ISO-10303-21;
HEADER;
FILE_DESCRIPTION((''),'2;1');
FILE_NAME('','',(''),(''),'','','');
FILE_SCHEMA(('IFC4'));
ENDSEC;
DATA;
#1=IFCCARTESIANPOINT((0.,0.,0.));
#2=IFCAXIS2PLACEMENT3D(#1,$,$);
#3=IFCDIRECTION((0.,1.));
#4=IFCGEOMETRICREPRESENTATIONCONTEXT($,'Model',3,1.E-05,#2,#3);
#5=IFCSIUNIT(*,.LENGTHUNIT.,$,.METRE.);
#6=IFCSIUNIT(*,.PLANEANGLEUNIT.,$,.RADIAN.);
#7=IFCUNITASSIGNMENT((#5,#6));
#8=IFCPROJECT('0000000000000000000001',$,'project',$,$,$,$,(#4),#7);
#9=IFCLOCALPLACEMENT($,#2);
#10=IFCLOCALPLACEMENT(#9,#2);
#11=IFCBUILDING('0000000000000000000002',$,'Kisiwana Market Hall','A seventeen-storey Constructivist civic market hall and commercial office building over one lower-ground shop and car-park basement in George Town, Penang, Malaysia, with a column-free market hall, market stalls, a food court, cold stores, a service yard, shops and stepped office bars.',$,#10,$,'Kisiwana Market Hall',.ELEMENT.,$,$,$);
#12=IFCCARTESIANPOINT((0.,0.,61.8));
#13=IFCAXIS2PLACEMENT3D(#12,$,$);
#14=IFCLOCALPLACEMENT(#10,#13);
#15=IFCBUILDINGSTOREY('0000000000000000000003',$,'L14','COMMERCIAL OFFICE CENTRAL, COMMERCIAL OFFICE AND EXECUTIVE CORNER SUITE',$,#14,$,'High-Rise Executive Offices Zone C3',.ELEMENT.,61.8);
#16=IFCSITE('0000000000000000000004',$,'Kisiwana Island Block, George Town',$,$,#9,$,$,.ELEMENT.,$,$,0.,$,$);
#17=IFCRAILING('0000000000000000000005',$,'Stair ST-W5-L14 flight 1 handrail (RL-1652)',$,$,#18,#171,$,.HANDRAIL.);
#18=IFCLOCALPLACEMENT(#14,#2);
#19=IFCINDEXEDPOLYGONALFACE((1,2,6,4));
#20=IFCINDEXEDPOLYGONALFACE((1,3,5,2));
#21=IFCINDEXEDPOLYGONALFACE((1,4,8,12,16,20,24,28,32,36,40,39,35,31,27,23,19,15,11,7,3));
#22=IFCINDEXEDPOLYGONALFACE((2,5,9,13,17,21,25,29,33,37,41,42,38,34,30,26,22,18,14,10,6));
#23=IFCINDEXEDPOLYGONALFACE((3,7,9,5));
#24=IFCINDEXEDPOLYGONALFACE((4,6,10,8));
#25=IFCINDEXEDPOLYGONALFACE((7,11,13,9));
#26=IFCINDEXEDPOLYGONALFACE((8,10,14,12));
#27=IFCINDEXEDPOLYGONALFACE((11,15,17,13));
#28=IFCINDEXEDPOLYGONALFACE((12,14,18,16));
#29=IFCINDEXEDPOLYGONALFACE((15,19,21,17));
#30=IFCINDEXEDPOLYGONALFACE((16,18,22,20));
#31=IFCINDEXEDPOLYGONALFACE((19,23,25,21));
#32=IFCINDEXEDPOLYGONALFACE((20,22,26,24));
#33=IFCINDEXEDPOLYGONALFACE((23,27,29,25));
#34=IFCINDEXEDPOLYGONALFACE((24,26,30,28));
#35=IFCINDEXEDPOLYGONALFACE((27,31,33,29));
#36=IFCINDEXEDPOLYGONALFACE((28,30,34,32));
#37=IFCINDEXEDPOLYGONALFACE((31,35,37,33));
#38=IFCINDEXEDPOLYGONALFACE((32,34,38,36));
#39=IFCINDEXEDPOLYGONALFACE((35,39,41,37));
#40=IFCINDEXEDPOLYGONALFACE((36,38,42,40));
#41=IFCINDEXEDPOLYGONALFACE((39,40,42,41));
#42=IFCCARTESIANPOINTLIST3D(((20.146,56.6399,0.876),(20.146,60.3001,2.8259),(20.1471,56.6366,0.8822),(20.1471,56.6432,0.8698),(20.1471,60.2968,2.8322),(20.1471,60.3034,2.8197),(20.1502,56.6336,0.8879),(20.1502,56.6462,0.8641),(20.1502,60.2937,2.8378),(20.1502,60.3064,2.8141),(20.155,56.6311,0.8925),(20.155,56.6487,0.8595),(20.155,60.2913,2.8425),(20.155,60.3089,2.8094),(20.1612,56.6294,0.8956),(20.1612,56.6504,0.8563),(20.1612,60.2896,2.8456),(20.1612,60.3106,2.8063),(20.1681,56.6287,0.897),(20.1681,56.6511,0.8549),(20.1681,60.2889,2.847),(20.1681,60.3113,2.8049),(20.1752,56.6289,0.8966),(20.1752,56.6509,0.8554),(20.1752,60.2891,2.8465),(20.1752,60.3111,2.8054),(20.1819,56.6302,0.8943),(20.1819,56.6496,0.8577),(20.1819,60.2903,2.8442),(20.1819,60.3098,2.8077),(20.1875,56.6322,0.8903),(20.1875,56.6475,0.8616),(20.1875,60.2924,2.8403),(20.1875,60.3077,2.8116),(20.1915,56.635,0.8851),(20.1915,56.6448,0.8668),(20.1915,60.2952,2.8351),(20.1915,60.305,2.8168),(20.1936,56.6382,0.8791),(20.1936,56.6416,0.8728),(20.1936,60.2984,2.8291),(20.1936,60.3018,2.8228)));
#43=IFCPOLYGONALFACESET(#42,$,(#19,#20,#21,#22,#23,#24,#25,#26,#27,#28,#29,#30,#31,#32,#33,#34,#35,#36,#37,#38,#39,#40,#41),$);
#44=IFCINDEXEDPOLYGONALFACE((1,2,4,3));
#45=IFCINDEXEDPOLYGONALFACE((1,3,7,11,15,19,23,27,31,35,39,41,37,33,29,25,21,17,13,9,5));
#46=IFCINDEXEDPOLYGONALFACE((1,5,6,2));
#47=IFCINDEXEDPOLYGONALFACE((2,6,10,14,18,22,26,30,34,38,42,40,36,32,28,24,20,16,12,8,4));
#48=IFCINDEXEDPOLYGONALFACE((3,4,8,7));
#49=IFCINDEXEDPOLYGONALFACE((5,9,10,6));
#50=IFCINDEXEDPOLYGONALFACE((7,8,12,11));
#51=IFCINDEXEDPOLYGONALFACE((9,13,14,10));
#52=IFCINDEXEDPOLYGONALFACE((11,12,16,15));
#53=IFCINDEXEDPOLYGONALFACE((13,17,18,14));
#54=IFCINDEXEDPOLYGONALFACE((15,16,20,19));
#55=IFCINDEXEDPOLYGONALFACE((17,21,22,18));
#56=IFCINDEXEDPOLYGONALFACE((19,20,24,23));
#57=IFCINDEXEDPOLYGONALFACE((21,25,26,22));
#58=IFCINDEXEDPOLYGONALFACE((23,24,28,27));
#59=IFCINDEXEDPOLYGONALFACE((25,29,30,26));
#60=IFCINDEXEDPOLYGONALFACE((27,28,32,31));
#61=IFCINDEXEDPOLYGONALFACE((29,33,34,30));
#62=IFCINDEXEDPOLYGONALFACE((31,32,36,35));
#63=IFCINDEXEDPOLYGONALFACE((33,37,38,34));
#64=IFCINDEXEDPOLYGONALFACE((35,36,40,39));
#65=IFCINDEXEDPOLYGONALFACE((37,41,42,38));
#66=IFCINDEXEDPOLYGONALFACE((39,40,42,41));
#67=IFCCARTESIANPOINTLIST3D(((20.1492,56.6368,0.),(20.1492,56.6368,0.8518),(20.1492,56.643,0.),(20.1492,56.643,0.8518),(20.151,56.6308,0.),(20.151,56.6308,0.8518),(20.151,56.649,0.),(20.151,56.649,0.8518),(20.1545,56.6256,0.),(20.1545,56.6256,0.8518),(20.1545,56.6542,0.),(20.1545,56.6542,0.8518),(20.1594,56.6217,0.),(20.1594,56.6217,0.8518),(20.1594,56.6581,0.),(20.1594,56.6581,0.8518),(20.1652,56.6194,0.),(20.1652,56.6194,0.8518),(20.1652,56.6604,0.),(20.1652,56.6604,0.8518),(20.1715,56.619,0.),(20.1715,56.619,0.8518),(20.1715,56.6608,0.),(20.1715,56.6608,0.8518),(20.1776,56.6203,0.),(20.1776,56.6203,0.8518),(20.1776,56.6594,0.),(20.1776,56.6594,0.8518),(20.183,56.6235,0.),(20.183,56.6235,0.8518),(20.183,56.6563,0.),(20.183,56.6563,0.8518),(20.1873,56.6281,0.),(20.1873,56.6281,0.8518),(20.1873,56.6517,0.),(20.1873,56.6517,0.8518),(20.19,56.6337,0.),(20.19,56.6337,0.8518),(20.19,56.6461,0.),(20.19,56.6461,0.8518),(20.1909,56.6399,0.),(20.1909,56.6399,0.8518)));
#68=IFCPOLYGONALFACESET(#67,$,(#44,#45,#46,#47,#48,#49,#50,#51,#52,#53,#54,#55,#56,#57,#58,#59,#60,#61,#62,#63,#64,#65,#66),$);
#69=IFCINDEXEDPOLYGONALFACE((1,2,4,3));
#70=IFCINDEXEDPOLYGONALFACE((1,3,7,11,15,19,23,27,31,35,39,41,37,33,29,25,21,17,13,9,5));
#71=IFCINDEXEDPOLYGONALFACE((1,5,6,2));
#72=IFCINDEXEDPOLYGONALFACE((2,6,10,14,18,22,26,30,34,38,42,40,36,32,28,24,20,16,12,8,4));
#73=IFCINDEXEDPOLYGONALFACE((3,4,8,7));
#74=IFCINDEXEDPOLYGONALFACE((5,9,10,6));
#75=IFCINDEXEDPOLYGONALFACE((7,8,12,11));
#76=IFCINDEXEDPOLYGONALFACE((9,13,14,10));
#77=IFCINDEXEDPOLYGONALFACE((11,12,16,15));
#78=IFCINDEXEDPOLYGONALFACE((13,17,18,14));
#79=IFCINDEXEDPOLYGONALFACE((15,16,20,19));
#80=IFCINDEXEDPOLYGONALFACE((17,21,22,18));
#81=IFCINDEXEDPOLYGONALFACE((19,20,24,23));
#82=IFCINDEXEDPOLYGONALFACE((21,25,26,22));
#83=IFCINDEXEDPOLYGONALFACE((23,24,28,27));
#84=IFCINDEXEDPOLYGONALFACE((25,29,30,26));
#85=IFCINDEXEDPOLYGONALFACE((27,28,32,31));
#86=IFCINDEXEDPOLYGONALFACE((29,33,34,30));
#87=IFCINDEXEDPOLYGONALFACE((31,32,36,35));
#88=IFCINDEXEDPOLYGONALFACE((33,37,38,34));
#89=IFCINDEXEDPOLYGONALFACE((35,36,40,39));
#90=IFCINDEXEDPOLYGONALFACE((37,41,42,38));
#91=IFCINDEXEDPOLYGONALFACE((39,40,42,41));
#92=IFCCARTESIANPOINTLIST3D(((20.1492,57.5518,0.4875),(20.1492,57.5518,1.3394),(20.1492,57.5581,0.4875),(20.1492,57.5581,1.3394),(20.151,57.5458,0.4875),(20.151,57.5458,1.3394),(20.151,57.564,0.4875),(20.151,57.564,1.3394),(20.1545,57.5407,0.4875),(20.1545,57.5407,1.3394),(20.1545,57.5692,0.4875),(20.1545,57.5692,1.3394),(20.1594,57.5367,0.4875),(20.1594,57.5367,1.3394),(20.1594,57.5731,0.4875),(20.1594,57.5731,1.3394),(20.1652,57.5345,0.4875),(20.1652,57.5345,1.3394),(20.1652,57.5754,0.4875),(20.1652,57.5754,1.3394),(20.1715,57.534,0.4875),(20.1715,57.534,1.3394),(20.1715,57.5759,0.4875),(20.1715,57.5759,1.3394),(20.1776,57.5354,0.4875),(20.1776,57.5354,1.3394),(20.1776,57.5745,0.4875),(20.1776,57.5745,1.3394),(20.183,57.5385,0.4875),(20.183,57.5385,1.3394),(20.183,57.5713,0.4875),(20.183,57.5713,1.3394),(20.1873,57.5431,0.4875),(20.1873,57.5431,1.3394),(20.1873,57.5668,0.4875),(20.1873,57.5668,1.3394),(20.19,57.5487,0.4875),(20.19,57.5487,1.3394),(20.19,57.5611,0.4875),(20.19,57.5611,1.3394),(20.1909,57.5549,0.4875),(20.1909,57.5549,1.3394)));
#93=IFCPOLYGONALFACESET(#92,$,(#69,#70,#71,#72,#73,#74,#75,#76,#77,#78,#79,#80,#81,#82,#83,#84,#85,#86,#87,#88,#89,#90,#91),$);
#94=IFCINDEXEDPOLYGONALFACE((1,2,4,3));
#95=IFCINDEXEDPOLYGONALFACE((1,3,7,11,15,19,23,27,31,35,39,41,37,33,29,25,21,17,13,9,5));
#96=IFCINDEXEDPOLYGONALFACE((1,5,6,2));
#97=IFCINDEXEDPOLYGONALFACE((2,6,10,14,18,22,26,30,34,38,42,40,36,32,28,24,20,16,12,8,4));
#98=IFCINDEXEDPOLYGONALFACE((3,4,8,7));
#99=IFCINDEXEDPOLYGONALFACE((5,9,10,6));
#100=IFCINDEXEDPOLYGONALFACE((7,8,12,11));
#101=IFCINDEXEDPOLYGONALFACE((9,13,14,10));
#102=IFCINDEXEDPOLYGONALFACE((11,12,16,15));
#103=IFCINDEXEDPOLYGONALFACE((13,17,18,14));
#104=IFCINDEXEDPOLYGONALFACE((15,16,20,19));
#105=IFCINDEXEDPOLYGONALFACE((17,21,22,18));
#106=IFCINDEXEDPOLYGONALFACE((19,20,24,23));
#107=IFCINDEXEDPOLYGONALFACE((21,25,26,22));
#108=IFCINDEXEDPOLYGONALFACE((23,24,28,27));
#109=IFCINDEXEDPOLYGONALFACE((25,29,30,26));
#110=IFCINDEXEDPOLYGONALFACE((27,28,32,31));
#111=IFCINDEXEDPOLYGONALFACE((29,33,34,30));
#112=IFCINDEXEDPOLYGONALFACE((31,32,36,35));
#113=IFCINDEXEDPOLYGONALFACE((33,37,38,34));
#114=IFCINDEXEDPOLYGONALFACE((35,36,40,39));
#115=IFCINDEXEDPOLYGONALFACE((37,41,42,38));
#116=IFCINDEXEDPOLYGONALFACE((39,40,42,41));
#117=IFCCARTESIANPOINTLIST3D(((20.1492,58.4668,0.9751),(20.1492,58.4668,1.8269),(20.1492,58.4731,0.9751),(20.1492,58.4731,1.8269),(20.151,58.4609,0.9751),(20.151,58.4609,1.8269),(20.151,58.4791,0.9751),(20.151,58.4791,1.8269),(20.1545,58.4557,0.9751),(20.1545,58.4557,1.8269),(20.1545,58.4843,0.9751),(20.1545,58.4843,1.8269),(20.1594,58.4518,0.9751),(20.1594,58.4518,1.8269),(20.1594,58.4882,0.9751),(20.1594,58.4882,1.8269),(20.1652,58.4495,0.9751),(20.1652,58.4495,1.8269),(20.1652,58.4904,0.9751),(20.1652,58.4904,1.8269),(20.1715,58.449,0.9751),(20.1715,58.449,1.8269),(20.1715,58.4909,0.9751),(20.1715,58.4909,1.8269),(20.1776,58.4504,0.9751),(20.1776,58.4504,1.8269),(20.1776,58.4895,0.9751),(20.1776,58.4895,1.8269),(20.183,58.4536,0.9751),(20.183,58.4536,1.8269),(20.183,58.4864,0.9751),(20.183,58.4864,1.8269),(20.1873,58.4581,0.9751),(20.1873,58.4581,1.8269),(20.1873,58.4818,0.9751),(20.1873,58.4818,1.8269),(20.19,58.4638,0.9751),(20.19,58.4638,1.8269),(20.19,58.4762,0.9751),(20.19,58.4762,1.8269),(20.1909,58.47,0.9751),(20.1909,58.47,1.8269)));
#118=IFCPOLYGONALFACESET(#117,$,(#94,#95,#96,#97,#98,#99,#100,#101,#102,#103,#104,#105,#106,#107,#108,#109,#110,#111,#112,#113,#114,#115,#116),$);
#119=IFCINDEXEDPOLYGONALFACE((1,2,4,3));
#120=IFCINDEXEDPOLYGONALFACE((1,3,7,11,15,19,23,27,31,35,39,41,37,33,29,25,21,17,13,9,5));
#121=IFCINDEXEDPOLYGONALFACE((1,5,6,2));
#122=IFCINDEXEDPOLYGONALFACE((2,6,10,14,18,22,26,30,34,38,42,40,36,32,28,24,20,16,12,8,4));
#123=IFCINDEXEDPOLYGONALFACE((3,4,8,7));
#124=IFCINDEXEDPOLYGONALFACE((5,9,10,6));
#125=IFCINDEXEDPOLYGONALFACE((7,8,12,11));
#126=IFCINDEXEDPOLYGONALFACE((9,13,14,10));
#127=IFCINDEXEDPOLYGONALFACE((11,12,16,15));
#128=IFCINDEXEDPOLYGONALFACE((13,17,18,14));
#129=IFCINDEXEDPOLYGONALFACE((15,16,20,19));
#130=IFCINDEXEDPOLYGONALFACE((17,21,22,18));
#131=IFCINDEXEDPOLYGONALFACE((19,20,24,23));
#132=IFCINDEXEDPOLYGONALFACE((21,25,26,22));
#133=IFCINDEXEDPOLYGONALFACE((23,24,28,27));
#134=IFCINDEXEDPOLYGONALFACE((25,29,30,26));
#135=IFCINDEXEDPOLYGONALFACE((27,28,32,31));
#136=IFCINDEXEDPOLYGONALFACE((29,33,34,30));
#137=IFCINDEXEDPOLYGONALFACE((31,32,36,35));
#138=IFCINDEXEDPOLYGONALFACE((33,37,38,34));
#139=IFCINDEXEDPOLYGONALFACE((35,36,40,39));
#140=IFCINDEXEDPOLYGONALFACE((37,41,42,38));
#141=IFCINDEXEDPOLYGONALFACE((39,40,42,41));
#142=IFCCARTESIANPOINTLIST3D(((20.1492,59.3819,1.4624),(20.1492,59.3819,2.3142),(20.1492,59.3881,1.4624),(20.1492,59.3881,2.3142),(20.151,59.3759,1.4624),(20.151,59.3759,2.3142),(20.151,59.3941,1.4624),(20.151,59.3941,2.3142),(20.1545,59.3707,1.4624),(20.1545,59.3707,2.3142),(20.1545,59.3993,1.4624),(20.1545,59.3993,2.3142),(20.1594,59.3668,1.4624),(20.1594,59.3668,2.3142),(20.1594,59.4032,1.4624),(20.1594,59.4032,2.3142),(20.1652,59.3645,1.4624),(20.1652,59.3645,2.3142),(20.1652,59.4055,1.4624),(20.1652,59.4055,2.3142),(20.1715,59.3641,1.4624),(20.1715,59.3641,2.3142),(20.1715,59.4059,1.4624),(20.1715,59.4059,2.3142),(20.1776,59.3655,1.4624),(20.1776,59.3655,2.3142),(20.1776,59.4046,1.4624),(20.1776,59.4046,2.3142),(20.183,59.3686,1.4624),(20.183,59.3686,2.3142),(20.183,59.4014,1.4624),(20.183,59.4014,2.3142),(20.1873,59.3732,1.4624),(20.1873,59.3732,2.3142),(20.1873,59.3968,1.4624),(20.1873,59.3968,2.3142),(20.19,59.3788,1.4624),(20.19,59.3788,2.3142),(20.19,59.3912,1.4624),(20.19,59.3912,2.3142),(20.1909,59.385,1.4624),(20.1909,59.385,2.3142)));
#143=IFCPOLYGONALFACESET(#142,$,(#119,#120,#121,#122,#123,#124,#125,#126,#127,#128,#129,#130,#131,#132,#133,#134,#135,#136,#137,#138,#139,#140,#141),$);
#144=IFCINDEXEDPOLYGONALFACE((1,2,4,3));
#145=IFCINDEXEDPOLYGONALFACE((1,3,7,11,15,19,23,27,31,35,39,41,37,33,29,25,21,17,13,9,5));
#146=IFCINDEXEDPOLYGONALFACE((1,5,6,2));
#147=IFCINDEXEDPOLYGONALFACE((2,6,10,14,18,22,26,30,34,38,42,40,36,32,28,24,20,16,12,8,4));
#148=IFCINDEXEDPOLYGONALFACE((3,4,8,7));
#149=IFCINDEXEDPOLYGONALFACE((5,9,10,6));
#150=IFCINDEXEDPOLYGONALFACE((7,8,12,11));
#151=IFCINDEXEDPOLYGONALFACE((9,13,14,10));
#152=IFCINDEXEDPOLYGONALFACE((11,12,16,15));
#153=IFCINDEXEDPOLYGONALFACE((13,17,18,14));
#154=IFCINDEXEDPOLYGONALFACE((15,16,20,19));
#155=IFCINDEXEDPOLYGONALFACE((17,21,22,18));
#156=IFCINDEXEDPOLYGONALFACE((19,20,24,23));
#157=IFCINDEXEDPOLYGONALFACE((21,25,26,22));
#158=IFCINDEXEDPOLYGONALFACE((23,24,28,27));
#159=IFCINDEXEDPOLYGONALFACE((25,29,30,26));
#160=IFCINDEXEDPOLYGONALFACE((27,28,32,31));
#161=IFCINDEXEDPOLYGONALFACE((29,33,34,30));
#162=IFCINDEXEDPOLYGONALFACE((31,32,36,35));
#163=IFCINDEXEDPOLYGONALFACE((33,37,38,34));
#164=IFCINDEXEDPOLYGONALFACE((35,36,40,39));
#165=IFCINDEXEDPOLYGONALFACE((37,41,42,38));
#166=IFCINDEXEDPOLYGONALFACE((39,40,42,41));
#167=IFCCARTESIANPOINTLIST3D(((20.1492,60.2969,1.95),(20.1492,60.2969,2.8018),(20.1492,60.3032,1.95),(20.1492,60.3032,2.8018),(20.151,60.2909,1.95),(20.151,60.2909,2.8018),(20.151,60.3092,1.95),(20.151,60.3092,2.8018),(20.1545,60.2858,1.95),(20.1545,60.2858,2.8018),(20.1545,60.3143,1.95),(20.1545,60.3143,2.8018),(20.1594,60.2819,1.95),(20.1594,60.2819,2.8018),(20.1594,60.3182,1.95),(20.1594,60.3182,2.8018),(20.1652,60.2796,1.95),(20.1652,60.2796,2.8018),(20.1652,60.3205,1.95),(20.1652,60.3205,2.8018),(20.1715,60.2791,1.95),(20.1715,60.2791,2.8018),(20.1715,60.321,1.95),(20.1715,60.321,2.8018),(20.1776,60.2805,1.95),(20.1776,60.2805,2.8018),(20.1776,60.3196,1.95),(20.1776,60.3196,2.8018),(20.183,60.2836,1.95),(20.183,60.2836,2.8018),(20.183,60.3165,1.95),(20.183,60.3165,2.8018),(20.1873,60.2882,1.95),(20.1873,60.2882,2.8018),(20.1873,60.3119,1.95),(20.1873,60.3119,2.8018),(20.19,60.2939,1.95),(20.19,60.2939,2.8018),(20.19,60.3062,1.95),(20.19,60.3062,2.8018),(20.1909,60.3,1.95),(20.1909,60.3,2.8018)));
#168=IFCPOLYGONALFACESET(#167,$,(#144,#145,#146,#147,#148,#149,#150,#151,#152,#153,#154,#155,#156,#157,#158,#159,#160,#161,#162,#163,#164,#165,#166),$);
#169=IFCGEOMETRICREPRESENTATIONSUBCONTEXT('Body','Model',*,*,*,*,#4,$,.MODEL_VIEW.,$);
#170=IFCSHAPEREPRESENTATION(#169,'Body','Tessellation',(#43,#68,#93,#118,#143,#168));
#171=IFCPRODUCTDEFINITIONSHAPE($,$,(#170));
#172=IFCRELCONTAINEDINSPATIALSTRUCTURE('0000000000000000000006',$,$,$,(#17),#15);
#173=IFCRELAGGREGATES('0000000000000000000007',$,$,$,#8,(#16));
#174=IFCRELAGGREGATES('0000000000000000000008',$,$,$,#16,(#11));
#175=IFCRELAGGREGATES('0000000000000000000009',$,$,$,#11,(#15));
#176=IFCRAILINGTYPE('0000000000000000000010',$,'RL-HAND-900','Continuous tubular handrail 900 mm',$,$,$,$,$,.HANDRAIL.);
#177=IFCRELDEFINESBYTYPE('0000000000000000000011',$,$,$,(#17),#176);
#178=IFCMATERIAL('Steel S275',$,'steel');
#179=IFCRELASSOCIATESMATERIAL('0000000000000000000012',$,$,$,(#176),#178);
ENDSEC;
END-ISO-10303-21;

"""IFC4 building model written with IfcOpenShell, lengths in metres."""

from ifc_helpers import new_model, si_unit, direction, frame, origin, origin_2d, place, context, subcontext, project, spatial, circle, extrude, material, type_object, element, save


model = new_model("IFC4")

# Units and contexts
model_context = context("Model", 3, precision=1e-05, world=origin(), true_north=direction((0.0, 1.0)))
body_context = subcontext(model_context, "Body", "Model", "MODEL_VIEW")
ifc_project = project(units=[si_unit("LENGTHUNIT", "METRE"), si_unit("PLANEANGLEUNIT", "RADIAN")], contexts=[model_context])

# Site, building, storey
site_placement = place(None, origin())
site = spatial("IfcSite", under=ifc_project, at=site_placement, Name="Kisiwana Island Block, George Town", CompositionType="ELEMENT", RefElevation=0.0)
building_placement = place(site_placement, origin())
building = spatial("IfcBuilding", under=site, at=building_placement, Name="Kisiwana Market Hall", Description="A seventeen-storey Constructivist civic market hall and commercial office building over one lower-ground shop and car-park basement in George Town, Penang, Malaysia, with a column-free market hall, market stalls, a food court, cold stores, a service yard, shops and stepped office bars.", LongName="Kisiwana Market Hall", CompositionType="ELEMENT")
storey_placement = place(building_placement, frame((0.0, 0.0, 61.8)))
storey = spatial("IfcBuildingStorey", under=building, at=storey_placement, Name="L14", Description="COMMERCIAL OFFICE CENTRAL, COMMERCIAL OFFICE AND EXECUTIVE CORNER SUITE", LongName="High-Rise Executive Offices Zone C3", CompositionType="ELEMENT", Elevation=61.8)

# Railing
ifc_material_1 = material(Name="Steel S275", Category="steel")
railing_type_1 = type_object("IfcRailingType", Name="RL-HAND-900", Description="Continuous tubular handrail 900 mm", PredefinedType="HANDRAIL", material=ifc_material_1)
railing_1_placement = place(storey_placement, frame((20.1699, 56.6399, 0.0)))
element("IfcRailing", 1, at=railing_1_placement, inside=storey, type_object=railing_type_1, Name="Stair ST-W5-L14 flight 1 handrail (RL-1652)", PredefinedType="HANDRAIL", context=body_context, shape_type="SweptSolid", body=[
    extrude(circle(Radius=0.0239, at=origin_2d()), frame((0.0, 0.0, 0.876), z_axis=(0.0, 0.882566, 0.470188), x_axis=(-1.0, 0.0, 0.0)), (0.0, 0.0, 1.0), 4.1472),
    extrude(circle(Radius=0.021, at=origin_2d()), origin(), (0.0, 0.0, 1.0), 0.8518),
    extrude(circle(Radius=0.021, at=origin_2d()), frame((0.0, 0.915, 0.4875)), (0.0, 0.0, 1.0), 0.8518),
    extrude(circle(Radius=0.021, at=origin_2d()), frame((0.0, 1.8301, 0.9751)), (0.0, 0.0, 1.0), 0.8518),
    extrude(circle(Radius=0.021, at=origin_2d()), frame((0.0, 2.7451, 1.4624)), (0.0, 0.0, 1.0), 0.8518),
    extrude(circle(Radius=0.021, at=origin_2d()), frame((0.0, 3.6602, 1.95)), (0.0, 0.0, 1.0), 0.8518),
])

save(model, "model.ifc")
